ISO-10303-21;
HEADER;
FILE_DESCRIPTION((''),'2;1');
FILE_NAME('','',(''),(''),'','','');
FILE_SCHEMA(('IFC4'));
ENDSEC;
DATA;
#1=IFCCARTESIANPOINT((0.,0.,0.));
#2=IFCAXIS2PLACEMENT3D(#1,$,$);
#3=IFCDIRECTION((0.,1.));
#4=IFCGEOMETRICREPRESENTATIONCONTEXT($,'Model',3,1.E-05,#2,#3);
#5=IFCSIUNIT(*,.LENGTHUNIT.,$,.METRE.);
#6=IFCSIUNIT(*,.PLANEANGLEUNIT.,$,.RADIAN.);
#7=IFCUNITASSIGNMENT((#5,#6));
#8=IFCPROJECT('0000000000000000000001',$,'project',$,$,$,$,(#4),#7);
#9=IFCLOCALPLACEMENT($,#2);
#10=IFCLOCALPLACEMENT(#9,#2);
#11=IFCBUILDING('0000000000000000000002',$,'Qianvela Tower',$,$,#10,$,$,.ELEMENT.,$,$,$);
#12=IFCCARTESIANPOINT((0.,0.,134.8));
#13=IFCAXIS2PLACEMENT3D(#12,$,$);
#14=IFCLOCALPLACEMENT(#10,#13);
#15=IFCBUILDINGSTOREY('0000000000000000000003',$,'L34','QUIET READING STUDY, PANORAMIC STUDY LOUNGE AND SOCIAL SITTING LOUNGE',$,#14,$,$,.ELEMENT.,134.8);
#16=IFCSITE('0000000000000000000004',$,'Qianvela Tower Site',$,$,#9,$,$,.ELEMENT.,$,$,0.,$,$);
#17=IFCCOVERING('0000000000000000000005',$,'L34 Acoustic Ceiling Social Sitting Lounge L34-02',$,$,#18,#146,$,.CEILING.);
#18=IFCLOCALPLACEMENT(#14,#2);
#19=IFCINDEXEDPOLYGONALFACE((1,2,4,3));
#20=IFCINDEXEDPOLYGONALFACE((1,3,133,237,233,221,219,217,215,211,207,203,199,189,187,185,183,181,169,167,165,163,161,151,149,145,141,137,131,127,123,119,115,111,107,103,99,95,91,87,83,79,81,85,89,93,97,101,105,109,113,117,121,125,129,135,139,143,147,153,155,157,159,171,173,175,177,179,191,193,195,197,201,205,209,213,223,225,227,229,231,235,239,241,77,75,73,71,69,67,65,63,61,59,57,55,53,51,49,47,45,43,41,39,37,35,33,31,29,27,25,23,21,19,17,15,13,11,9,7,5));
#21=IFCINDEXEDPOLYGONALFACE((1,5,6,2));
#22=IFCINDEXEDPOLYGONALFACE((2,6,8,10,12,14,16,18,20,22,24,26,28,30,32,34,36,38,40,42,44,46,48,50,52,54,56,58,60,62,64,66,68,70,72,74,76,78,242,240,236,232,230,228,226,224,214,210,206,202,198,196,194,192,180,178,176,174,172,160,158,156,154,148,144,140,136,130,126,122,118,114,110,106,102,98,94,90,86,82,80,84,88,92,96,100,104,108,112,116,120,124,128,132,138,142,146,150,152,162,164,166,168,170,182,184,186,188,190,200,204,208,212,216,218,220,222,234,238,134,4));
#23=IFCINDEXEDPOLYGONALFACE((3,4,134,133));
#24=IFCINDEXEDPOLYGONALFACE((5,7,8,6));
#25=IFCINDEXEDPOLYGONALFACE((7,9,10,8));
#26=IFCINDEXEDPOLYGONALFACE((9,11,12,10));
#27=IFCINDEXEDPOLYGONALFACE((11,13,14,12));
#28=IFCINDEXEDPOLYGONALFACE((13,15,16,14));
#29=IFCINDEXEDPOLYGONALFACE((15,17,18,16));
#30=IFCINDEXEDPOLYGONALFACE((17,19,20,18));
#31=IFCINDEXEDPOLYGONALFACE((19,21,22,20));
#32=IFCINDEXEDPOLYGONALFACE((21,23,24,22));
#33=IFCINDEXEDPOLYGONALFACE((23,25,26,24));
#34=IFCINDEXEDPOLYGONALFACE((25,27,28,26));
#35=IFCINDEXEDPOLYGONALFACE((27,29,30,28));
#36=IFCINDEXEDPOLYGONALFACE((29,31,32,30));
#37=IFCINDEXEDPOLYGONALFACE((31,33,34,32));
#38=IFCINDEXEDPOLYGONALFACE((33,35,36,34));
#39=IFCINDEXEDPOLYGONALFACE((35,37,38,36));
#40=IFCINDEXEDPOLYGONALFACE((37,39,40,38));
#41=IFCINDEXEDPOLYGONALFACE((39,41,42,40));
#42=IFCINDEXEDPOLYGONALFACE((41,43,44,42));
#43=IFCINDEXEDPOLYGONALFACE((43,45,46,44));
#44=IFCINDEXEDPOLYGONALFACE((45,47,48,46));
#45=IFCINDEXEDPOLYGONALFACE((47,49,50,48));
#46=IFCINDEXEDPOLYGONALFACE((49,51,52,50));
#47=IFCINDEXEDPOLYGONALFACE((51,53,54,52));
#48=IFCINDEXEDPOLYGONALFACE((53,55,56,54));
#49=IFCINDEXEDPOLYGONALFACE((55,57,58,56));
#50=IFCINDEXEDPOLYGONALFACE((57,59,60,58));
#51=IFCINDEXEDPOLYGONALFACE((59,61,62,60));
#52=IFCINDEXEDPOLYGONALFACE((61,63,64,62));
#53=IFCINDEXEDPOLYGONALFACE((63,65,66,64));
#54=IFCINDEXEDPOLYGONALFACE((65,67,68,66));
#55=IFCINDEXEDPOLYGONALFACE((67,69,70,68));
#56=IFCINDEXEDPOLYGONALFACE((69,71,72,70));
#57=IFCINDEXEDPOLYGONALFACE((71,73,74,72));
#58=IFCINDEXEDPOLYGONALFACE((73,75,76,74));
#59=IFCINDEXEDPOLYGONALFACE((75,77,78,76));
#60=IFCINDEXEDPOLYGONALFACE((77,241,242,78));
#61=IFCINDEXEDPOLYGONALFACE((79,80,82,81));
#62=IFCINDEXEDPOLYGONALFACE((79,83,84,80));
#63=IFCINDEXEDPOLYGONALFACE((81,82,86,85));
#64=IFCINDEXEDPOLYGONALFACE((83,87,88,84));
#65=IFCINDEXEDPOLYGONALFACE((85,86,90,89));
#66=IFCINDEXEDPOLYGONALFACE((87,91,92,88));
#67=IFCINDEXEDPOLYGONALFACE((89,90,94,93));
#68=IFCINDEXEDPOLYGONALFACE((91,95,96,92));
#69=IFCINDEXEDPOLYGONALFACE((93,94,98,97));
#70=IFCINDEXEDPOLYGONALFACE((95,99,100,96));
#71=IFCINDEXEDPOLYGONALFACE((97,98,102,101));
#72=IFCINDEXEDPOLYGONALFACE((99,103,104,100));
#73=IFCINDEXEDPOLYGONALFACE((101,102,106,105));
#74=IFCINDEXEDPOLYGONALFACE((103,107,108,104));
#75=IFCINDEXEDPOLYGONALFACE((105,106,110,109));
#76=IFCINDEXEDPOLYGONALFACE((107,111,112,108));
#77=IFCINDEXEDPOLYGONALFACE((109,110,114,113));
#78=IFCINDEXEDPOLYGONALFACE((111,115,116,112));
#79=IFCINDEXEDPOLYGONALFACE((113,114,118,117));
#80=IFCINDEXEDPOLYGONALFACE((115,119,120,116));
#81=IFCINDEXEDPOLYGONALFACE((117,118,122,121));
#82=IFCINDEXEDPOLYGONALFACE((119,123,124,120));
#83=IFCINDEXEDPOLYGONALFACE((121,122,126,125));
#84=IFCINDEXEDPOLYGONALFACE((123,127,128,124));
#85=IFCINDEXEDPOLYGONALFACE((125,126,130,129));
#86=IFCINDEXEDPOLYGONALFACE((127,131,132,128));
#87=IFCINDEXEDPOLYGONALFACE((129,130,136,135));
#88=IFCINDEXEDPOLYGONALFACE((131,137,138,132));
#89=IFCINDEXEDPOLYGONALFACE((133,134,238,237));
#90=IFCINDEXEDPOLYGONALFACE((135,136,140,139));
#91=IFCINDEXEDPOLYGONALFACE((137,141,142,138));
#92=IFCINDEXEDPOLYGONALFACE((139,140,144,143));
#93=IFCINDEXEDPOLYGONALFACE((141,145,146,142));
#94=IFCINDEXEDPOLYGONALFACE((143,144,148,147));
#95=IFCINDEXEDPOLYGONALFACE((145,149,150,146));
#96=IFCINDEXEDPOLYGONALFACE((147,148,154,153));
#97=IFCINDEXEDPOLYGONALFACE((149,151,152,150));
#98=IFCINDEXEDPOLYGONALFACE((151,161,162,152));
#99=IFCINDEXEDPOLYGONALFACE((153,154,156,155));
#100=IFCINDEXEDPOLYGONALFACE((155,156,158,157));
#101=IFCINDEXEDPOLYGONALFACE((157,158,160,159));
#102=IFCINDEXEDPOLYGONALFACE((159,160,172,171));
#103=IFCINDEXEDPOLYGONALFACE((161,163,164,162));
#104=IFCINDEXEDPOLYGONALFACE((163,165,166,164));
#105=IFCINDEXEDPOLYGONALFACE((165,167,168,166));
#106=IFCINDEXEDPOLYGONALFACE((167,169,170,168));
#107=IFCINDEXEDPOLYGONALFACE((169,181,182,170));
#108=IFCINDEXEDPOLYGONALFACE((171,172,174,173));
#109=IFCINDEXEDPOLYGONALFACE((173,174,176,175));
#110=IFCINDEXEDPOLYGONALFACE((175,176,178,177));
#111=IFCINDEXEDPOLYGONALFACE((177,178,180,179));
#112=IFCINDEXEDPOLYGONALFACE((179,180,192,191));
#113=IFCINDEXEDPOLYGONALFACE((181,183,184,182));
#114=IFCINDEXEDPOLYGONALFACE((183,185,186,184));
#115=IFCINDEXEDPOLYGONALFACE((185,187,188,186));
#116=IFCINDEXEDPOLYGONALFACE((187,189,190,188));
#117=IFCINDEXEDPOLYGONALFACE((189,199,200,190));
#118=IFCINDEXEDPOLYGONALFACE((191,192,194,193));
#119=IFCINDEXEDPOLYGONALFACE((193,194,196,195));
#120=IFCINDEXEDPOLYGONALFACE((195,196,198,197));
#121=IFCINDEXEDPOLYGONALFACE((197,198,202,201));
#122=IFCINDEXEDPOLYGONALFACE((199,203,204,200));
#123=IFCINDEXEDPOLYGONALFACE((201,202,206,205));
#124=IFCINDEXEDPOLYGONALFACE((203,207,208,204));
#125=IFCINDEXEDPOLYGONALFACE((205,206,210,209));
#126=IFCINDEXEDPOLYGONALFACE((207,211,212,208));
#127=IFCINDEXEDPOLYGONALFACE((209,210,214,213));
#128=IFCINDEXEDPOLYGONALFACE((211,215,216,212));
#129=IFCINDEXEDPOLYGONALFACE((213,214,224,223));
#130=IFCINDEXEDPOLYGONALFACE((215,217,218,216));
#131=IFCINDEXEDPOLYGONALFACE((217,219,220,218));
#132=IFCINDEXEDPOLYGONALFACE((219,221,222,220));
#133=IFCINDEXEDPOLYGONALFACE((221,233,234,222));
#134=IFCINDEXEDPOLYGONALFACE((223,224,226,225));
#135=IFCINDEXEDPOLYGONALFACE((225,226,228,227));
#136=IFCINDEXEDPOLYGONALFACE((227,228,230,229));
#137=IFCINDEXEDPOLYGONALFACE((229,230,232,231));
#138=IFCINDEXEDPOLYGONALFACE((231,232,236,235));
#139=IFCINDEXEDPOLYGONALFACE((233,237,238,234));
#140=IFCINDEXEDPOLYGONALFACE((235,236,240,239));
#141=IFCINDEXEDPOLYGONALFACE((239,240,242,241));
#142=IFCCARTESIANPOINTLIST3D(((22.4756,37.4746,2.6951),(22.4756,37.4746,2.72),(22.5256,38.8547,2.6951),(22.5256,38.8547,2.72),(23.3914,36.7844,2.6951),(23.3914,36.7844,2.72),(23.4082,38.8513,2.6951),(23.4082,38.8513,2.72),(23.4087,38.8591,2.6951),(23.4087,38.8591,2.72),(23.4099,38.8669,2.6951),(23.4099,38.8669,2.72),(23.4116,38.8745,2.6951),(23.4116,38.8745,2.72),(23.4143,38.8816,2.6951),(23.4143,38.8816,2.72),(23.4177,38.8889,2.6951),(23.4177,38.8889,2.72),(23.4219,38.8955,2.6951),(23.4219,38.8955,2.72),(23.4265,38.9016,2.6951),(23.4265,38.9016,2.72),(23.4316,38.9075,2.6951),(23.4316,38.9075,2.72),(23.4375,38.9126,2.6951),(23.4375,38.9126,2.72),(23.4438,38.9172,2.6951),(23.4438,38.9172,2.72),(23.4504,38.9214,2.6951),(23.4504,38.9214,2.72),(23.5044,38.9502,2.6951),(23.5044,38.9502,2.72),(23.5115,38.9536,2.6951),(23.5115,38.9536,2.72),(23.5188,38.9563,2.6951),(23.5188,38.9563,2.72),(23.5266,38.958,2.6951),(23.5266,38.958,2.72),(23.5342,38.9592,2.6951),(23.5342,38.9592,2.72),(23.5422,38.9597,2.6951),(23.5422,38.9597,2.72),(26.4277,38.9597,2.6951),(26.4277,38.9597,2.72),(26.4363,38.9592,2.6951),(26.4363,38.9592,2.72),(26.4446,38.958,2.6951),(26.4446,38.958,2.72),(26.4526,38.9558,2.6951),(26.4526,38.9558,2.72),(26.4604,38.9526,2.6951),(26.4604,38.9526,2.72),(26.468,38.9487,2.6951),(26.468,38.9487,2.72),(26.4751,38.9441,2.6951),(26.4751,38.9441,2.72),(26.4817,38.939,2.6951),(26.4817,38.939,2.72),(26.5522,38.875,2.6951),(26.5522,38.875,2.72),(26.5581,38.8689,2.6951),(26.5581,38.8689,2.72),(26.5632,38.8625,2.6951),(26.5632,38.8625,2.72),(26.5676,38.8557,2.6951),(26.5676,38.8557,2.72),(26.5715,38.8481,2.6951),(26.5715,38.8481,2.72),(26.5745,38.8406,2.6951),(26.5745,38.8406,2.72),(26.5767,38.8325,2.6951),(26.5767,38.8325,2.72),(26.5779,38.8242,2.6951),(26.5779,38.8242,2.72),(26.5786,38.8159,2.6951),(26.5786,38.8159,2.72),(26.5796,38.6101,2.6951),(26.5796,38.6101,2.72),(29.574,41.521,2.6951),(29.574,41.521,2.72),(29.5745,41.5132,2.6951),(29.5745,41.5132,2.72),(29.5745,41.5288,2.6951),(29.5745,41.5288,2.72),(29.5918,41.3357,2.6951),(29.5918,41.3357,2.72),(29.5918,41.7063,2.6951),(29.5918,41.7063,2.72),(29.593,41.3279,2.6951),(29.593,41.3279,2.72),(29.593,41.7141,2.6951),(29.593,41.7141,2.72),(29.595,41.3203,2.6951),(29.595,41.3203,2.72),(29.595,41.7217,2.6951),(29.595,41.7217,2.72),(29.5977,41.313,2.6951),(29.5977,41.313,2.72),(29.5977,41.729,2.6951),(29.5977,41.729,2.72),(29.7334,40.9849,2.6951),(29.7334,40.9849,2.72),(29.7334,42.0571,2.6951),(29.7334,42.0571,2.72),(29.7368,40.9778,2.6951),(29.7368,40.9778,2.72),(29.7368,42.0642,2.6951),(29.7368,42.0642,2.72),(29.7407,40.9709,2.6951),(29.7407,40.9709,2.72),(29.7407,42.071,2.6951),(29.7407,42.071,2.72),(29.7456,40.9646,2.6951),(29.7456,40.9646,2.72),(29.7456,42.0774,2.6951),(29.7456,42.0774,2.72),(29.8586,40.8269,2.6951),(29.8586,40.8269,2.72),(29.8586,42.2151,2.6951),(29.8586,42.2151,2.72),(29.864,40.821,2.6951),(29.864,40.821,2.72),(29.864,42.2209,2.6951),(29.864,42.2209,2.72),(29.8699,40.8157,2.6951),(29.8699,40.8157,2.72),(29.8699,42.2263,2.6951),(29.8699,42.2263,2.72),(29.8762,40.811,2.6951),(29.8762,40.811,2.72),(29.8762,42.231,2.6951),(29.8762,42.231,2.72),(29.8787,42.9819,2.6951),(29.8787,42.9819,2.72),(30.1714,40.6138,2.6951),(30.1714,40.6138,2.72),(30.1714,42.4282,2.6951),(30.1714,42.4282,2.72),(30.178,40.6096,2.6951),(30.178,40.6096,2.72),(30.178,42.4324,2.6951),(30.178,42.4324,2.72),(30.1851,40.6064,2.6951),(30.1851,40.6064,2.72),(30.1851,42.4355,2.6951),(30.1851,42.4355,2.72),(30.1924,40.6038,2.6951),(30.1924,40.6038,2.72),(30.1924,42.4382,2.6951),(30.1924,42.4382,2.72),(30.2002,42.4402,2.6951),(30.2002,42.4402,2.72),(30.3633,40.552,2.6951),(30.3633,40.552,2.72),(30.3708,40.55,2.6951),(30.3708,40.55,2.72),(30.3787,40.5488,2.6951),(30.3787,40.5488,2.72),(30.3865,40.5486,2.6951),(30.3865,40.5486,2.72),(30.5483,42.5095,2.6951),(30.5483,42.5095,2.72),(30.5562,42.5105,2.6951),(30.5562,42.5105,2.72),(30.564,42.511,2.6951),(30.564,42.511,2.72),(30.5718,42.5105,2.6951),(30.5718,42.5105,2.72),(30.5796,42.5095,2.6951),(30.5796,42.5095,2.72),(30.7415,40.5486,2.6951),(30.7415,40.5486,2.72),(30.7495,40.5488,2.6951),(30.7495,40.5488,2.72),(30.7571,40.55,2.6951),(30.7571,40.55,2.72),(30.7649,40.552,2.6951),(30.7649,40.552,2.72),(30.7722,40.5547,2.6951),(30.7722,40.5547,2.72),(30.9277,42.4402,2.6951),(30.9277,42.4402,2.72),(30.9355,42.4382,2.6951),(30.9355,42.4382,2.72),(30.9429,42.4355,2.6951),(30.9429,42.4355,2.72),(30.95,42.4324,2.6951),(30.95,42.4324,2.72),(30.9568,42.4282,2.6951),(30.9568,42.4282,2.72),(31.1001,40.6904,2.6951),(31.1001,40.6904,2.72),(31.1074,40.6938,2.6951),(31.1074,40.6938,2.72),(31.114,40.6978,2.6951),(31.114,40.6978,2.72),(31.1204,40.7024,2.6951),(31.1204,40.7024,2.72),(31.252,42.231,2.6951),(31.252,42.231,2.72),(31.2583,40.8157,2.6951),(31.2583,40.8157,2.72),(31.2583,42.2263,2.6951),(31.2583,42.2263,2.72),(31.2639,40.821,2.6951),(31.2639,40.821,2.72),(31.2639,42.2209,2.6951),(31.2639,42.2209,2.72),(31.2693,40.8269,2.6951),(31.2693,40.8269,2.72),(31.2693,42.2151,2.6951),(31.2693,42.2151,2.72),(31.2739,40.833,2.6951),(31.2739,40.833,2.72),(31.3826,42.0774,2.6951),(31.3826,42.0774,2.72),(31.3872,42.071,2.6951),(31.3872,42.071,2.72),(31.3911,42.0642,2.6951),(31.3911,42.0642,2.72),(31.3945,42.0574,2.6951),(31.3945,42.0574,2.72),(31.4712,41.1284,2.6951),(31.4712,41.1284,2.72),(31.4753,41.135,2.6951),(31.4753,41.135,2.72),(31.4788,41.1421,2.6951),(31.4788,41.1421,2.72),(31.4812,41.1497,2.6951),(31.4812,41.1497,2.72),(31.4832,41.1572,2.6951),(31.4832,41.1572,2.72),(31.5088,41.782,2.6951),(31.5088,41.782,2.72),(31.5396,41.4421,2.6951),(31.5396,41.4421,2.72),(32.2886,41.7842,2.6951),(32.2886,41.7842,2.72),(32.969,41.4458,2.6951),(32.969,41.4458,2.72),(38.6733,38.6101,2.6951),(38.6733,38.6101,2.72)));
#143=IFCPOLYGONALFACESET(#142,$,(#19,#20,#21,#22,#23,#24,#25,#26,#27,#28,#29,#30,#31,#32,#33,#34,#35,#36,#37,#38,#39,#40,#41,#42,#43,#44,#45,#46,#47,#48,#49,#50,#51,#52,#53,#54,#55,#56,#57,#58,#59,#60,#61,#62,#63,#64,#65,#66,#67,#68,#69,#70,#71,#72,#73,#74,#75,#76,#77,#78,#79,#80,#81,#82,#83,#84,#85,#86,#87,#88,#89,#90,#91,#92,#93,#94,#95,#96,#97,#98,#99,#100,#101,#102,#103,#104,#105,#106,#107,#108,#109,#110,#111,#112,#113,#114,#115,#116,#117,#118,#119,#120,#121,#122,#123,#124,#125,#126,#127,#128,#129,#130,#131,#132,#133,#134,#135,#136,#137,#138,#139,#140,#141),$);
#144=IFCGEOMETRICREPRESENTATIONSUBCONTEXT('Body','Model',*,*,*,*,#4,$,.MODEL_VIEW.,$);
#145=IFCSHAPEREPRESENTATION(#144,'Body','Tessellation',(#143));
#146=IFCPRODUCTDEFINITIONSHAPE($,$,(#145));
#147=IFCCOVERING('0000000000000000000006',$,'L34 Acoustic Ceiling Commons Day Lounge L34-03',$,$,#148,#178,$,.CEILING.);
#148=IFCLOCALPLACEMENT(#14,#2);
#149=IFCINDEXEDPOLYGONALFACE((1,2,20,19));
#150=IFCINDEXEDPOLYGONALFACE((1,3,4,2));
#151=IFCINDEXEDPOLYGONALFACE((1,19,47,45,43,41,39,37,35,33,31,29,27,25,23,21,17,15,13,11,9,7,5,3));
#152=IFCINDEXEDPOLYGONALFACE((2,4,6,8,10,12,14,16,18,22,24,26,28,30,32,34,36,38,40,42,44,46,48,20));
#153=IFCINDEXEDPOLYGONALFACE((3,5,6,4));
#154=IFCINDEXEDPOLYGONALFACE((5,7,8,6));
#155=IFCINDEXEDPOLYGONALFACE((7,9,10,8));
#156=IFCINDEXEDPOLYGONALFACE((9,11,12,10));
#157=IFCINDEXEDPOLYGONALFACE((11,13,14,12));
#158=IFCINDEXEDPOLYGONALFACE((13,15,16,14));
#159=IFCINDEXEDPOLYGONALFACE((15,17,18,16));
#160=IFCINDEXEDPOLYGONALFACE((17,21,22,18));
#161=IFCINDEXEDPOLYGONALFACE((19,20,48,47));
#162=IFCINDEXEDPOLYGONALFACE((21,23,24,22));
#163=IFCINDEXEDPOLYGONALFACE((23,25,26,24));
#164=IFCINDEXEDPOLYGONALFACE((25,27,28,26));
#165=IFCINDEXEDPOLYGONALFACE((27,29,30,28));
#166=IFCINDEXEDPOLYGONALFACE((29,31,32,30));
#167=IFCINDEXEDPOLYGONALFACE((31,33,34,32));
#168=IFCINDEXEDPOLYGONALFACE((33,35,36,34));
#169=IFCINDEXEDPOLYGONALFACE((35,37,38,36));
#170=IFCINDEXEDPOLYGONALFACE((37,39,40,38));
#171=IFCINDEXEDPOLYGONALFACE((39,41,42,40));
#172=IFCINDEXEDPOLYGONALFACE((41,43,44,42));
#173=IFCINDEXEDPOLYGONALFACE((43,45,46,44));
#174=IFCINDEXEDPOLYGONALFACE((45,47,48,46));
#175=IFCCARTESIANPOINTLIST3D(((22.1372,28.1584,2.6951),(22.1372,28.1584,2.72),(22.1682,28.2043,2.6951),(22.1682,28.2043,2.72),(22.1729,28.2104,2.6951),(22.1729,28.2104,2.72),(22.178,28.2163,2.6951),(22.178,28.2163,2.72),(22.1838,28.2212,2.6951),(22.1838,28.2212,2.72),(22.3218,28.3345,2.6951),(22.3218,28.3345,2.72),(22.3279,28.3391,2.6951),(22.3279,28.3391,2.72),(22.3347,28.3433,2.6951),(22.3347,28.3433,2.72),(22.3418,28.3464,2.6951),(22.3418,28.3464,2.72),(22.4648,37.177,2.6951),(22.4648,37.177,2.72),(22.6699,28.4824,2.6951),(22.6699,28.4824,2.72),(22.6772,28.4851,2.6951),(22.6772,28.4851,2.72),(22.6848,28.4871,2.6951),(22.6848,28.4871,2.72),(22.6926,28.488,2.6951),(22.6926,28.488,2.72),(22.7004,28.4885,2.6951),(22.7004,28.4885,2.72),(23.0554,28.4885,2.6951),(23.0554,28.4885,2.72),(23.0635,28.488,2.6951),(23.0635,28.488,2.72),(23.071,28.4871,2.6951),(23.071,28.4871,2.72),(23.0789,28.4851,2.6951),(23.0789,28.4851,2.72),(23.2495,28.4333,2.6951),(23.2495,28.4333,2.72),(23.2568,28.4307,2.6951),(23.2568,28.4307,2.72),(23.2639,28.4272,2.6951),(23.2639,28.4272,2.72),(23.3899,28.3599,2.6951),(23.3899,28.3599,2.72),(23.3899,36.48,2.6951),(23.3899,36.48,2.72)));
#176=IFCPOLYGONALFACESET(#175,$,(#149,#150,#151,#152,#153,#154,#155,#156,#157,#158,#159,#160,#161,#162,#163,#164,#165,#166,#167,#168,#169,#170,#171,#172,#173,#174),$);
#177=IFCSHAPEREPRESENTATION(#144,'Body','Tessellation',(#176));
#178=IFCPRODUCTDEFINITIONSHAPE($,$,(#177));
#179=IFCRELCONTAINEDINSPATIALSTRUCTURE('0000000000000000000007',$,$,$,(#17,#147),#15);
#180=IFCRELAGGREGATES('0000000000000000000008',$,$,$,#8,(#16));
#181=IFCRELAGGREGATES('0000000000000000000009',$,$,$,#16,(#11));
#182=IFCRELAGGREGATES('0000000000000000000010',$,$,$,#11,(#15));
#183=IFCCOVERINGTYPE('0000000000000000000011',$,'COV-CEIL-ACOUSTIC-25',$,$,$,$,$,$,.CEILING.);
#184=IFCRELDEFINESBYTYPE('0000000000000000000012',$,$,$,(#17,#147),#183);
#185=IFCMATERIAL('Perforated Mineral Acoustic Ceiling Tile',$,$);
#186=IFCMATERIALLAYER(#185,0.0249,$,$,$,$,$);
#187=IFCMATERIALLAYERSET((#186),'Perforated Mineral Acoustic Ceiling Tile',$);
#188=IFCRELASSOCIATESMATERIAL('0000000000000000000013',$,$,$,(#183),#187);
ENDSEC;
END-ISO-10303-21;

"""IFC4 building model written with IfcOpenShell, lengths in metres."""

from ifc_helpers import new_model, si_unit, direction, frame, origin, place, context, subcontext, project, spatial, polyline, outline, extrude, material, layer, layer_set, type_object, element, save


model = new_model("IFC4")

# Units and contexts
model_context = context("Model", 3, precision=1e-05, world=origin(), true_north=direction((0.0, 1.0)))
body_context = subcontext(model_context, "Body", "Model", "MODEL_VIEW")
ifc_project = project(units=[si_unit("LENGTHUNIT", "METRE"), si_unit("PLANEANGLEUNIT", "RADIAN")], contexts=[model_context])

# Site, building, storey
site_placement = place(None, origin())
site = spatial("IfcSite", under=ifc_project, at=site_placement, Name="Qianvela Tower Site", CompositionType="ELEMENT", RefElevation=0.0)
building_placement = place(site_placement, origin())
building = spatial("IfcBuilding", under=site, at=building_placement, Name="Qianvela Tower", CompositionType="ELEMENT")
storey_placement = place(building_placement, frame((0.0, 0.0, 134.8)))
storey = spatial("IfcBuildingStorey", under=building, at=storey_placement, Name="L34", Description="QUIET READING STUDY, PANORAMIC STUDY LOUNGE AND SOCIAL SITTING LOUNGE", CompositionType="ELEMENT", Elevation=134.8)

# Coverings
ifc_material_1 = material(Name="Perforated Mineral Acoustic Ceiling Tile")
ifc_layer_1 = layer(ifc_material_1, 0.0249)
ifc_layer_set_1 = layer_set([ifc_layer_1], Name="Perforated Mineral Acoustic Ceiling Tile")
covering_type_1 = type_object("IfcCoveringType", Name="COV-CEIL-ACOUSTIC-25", PredefinedType="CEILING", material=ifc_layer_set_1)
covering_1_placement = place(storey_placement, frame((0.0, 0.0, 2.6951)))
element("IfcCovering", 1, at=covering_1_placement, inside=storey, type_object=covering_type_1, Name="L34 Acoustic Ceiling Social Sitting Lounge L34-02", PredefinedType="CEILING", context=body_context, shape_type="SweptSolid", body=[
    extrude(outline(polyline([(26.5786, 38.8159), (26.5779, 38.8242), (26.5767, 38.8325), (26.5745, 38.8406), (26.5715, 38.8481), (26.5676, 38.8557), (26.5632, 38.8625), (26.5581, 38.8689), (26.5522, 38.875), (26.4817, 38.939), (26.4751, 38.9441), (26.468, 38.9487), (26.4604, 38.9526), (26.4526, 38.9558), (26.4446, 38.958), (26.4363, 38.9592), (26.4277, 38.9597), (23.5422, 38.9597), (23.5342, 38.9592), (23.5266, 38.958), (23.5188, 38.9563), (23.5115, 38.9536), (23.5044, 38.9502), (23.4504, 38.9214), (23.4438, 38.9172), (23.4375, 38.9126), (23.4316, 38.9075), (23.4265, 38.9016), (23.4219, 38.8955), (23.4177, 38.8889), (23.4143, 38.8816), (23.4116, 38.8745), (23.4099, 38.8669), (23.4087, 38.8591), (23.4082, 38.8513), (23.3914, 36.7844), (22.4756, 37.4746), (22.5256, 38.8547), (29.8787, 42.9819), (32.2886, 41.7842), (31.5088, 41.782), (31.3945, 42.0574), (31.3911, 42.0642), (31.3872, 42.071), (31.3826, 42.0774), (31.2693, 42.2151), (31.2639, 42.2209), (31.2583, 42.2263), (31.252, 42.231), (30.9568, 42.4282), (30.95, 42.4324), (30.9429, 42.4355), (30.9355, 42.4382), (30.9277, 42.4402), (30.5796, 42.5095), (30.5718, 42.5105), (30.564, 42.511), (30.5562, 42.5105), (30.5483, 42.5095), (30.2002, 42.4402), (30.1924, 42.4382), (30.1851, 42.4355), (30.178, 42.4324), (30.1714, 42.4282), (29.8762, 42.231), (29.8699, 42.2263), (29.864, 42.2209), (29.8586, 42.2151), (29.7456, 42.0774), (29.7407, 42.071), (29.7368, 42.0642), (29.7334, 42.0571), (29.5977, 41.729), (29.595, 41.7217), (29.593, 41.7141), (29.5918, 41.7063), (29.5745, 41.5288), (29.574, 41.521), (29.5745, 41.5132), (29.5918, 41.3357), (29.593, 41.3279), (29.595, 41.3203), (29.5977, 41.313), (29.7334, 40.9849), (29.7368, 40.9778), (29.7407, 40.9709), (29.7456, 40.9646), (29.8586, 40.8269), (29.864, 40.821), (29.8699, 40.8157), (29.8762, 40.811), (30.1714, 40.6138), (30.178, 40.6096), (30.1851, 40.6064), (30.1924, 40.6038), (30.3633, 40.552), (30.3708, 40.55), (30.3787, 40.5488), (30.3865, 40.5486), (30.7415, 40.5486), (30.7495, 40.5488), (30.7571, 40.55), (30.7649, 40.552), (30.7722, 40.5547), (31.1001, 40.6904), (31.1074, 40.6938), (31.114, 40.6978), (31.1204, 40.7024), (31.2583, 40.8157), (31.2639, 40.821), (31.2693, 40.8269), (31.2739, 40.833), (31.4712, 41.1284), (31.4753, 41.135), (31.4788, 41.1421), (31.4812, 41.1497), (31.4832, 41.1572), (31.5396, 41.4421), (32.969, 41.4458), (38.6733, 38.6101), (26.5796, 38.6101), (26.5786, 38.8159)])), origin(), (0.0, 0.0, 1.0), 0.0249),
])
covering_2_placement = place(storey_placement, frame((0.0, 0.0, 2.6951)))
element("IfcCovering", 2, at=covering_2_placement, inside=storey, type_object=covering_type_1, Name="L34 Acoustic Ceiling Commons Day Lounge L34-03", PredefinedType="CEILING", context=body_context, shape_type="SweptSolid", body=[
    extrude(outline(polyline([(23.3899, 28.3599), (23.2639, 28.4272), (23.2568, 28.4307), (23.2495, 28.4333), (23.0789, 28.4851), (23.071, 28.4871), (23.0635, 28.488), (23.0554, 28.4885), (22.7004, 28.4885), (22.6926, 28.488), (22.6848, 28.4871), (22.6772, 28.4851), (22.6699, 28.4824), (22.3418, 28.3464), (22.3347, 28.3433), (22.3279, 28.3391), (22.3218, 28.3345), (22.1838, 28.2212), (22.178, 28.2163), (22.1729, 28.2104), (22.1682, 28.2043), (22.1372, 28.1584), (22.4648, 37.177), (23.3899, 36.48), (23.3899, 28.3599)])), origin(), (0.0, 0.0, 1.0), 0.0249),
])

save(model, "model.ifc")
